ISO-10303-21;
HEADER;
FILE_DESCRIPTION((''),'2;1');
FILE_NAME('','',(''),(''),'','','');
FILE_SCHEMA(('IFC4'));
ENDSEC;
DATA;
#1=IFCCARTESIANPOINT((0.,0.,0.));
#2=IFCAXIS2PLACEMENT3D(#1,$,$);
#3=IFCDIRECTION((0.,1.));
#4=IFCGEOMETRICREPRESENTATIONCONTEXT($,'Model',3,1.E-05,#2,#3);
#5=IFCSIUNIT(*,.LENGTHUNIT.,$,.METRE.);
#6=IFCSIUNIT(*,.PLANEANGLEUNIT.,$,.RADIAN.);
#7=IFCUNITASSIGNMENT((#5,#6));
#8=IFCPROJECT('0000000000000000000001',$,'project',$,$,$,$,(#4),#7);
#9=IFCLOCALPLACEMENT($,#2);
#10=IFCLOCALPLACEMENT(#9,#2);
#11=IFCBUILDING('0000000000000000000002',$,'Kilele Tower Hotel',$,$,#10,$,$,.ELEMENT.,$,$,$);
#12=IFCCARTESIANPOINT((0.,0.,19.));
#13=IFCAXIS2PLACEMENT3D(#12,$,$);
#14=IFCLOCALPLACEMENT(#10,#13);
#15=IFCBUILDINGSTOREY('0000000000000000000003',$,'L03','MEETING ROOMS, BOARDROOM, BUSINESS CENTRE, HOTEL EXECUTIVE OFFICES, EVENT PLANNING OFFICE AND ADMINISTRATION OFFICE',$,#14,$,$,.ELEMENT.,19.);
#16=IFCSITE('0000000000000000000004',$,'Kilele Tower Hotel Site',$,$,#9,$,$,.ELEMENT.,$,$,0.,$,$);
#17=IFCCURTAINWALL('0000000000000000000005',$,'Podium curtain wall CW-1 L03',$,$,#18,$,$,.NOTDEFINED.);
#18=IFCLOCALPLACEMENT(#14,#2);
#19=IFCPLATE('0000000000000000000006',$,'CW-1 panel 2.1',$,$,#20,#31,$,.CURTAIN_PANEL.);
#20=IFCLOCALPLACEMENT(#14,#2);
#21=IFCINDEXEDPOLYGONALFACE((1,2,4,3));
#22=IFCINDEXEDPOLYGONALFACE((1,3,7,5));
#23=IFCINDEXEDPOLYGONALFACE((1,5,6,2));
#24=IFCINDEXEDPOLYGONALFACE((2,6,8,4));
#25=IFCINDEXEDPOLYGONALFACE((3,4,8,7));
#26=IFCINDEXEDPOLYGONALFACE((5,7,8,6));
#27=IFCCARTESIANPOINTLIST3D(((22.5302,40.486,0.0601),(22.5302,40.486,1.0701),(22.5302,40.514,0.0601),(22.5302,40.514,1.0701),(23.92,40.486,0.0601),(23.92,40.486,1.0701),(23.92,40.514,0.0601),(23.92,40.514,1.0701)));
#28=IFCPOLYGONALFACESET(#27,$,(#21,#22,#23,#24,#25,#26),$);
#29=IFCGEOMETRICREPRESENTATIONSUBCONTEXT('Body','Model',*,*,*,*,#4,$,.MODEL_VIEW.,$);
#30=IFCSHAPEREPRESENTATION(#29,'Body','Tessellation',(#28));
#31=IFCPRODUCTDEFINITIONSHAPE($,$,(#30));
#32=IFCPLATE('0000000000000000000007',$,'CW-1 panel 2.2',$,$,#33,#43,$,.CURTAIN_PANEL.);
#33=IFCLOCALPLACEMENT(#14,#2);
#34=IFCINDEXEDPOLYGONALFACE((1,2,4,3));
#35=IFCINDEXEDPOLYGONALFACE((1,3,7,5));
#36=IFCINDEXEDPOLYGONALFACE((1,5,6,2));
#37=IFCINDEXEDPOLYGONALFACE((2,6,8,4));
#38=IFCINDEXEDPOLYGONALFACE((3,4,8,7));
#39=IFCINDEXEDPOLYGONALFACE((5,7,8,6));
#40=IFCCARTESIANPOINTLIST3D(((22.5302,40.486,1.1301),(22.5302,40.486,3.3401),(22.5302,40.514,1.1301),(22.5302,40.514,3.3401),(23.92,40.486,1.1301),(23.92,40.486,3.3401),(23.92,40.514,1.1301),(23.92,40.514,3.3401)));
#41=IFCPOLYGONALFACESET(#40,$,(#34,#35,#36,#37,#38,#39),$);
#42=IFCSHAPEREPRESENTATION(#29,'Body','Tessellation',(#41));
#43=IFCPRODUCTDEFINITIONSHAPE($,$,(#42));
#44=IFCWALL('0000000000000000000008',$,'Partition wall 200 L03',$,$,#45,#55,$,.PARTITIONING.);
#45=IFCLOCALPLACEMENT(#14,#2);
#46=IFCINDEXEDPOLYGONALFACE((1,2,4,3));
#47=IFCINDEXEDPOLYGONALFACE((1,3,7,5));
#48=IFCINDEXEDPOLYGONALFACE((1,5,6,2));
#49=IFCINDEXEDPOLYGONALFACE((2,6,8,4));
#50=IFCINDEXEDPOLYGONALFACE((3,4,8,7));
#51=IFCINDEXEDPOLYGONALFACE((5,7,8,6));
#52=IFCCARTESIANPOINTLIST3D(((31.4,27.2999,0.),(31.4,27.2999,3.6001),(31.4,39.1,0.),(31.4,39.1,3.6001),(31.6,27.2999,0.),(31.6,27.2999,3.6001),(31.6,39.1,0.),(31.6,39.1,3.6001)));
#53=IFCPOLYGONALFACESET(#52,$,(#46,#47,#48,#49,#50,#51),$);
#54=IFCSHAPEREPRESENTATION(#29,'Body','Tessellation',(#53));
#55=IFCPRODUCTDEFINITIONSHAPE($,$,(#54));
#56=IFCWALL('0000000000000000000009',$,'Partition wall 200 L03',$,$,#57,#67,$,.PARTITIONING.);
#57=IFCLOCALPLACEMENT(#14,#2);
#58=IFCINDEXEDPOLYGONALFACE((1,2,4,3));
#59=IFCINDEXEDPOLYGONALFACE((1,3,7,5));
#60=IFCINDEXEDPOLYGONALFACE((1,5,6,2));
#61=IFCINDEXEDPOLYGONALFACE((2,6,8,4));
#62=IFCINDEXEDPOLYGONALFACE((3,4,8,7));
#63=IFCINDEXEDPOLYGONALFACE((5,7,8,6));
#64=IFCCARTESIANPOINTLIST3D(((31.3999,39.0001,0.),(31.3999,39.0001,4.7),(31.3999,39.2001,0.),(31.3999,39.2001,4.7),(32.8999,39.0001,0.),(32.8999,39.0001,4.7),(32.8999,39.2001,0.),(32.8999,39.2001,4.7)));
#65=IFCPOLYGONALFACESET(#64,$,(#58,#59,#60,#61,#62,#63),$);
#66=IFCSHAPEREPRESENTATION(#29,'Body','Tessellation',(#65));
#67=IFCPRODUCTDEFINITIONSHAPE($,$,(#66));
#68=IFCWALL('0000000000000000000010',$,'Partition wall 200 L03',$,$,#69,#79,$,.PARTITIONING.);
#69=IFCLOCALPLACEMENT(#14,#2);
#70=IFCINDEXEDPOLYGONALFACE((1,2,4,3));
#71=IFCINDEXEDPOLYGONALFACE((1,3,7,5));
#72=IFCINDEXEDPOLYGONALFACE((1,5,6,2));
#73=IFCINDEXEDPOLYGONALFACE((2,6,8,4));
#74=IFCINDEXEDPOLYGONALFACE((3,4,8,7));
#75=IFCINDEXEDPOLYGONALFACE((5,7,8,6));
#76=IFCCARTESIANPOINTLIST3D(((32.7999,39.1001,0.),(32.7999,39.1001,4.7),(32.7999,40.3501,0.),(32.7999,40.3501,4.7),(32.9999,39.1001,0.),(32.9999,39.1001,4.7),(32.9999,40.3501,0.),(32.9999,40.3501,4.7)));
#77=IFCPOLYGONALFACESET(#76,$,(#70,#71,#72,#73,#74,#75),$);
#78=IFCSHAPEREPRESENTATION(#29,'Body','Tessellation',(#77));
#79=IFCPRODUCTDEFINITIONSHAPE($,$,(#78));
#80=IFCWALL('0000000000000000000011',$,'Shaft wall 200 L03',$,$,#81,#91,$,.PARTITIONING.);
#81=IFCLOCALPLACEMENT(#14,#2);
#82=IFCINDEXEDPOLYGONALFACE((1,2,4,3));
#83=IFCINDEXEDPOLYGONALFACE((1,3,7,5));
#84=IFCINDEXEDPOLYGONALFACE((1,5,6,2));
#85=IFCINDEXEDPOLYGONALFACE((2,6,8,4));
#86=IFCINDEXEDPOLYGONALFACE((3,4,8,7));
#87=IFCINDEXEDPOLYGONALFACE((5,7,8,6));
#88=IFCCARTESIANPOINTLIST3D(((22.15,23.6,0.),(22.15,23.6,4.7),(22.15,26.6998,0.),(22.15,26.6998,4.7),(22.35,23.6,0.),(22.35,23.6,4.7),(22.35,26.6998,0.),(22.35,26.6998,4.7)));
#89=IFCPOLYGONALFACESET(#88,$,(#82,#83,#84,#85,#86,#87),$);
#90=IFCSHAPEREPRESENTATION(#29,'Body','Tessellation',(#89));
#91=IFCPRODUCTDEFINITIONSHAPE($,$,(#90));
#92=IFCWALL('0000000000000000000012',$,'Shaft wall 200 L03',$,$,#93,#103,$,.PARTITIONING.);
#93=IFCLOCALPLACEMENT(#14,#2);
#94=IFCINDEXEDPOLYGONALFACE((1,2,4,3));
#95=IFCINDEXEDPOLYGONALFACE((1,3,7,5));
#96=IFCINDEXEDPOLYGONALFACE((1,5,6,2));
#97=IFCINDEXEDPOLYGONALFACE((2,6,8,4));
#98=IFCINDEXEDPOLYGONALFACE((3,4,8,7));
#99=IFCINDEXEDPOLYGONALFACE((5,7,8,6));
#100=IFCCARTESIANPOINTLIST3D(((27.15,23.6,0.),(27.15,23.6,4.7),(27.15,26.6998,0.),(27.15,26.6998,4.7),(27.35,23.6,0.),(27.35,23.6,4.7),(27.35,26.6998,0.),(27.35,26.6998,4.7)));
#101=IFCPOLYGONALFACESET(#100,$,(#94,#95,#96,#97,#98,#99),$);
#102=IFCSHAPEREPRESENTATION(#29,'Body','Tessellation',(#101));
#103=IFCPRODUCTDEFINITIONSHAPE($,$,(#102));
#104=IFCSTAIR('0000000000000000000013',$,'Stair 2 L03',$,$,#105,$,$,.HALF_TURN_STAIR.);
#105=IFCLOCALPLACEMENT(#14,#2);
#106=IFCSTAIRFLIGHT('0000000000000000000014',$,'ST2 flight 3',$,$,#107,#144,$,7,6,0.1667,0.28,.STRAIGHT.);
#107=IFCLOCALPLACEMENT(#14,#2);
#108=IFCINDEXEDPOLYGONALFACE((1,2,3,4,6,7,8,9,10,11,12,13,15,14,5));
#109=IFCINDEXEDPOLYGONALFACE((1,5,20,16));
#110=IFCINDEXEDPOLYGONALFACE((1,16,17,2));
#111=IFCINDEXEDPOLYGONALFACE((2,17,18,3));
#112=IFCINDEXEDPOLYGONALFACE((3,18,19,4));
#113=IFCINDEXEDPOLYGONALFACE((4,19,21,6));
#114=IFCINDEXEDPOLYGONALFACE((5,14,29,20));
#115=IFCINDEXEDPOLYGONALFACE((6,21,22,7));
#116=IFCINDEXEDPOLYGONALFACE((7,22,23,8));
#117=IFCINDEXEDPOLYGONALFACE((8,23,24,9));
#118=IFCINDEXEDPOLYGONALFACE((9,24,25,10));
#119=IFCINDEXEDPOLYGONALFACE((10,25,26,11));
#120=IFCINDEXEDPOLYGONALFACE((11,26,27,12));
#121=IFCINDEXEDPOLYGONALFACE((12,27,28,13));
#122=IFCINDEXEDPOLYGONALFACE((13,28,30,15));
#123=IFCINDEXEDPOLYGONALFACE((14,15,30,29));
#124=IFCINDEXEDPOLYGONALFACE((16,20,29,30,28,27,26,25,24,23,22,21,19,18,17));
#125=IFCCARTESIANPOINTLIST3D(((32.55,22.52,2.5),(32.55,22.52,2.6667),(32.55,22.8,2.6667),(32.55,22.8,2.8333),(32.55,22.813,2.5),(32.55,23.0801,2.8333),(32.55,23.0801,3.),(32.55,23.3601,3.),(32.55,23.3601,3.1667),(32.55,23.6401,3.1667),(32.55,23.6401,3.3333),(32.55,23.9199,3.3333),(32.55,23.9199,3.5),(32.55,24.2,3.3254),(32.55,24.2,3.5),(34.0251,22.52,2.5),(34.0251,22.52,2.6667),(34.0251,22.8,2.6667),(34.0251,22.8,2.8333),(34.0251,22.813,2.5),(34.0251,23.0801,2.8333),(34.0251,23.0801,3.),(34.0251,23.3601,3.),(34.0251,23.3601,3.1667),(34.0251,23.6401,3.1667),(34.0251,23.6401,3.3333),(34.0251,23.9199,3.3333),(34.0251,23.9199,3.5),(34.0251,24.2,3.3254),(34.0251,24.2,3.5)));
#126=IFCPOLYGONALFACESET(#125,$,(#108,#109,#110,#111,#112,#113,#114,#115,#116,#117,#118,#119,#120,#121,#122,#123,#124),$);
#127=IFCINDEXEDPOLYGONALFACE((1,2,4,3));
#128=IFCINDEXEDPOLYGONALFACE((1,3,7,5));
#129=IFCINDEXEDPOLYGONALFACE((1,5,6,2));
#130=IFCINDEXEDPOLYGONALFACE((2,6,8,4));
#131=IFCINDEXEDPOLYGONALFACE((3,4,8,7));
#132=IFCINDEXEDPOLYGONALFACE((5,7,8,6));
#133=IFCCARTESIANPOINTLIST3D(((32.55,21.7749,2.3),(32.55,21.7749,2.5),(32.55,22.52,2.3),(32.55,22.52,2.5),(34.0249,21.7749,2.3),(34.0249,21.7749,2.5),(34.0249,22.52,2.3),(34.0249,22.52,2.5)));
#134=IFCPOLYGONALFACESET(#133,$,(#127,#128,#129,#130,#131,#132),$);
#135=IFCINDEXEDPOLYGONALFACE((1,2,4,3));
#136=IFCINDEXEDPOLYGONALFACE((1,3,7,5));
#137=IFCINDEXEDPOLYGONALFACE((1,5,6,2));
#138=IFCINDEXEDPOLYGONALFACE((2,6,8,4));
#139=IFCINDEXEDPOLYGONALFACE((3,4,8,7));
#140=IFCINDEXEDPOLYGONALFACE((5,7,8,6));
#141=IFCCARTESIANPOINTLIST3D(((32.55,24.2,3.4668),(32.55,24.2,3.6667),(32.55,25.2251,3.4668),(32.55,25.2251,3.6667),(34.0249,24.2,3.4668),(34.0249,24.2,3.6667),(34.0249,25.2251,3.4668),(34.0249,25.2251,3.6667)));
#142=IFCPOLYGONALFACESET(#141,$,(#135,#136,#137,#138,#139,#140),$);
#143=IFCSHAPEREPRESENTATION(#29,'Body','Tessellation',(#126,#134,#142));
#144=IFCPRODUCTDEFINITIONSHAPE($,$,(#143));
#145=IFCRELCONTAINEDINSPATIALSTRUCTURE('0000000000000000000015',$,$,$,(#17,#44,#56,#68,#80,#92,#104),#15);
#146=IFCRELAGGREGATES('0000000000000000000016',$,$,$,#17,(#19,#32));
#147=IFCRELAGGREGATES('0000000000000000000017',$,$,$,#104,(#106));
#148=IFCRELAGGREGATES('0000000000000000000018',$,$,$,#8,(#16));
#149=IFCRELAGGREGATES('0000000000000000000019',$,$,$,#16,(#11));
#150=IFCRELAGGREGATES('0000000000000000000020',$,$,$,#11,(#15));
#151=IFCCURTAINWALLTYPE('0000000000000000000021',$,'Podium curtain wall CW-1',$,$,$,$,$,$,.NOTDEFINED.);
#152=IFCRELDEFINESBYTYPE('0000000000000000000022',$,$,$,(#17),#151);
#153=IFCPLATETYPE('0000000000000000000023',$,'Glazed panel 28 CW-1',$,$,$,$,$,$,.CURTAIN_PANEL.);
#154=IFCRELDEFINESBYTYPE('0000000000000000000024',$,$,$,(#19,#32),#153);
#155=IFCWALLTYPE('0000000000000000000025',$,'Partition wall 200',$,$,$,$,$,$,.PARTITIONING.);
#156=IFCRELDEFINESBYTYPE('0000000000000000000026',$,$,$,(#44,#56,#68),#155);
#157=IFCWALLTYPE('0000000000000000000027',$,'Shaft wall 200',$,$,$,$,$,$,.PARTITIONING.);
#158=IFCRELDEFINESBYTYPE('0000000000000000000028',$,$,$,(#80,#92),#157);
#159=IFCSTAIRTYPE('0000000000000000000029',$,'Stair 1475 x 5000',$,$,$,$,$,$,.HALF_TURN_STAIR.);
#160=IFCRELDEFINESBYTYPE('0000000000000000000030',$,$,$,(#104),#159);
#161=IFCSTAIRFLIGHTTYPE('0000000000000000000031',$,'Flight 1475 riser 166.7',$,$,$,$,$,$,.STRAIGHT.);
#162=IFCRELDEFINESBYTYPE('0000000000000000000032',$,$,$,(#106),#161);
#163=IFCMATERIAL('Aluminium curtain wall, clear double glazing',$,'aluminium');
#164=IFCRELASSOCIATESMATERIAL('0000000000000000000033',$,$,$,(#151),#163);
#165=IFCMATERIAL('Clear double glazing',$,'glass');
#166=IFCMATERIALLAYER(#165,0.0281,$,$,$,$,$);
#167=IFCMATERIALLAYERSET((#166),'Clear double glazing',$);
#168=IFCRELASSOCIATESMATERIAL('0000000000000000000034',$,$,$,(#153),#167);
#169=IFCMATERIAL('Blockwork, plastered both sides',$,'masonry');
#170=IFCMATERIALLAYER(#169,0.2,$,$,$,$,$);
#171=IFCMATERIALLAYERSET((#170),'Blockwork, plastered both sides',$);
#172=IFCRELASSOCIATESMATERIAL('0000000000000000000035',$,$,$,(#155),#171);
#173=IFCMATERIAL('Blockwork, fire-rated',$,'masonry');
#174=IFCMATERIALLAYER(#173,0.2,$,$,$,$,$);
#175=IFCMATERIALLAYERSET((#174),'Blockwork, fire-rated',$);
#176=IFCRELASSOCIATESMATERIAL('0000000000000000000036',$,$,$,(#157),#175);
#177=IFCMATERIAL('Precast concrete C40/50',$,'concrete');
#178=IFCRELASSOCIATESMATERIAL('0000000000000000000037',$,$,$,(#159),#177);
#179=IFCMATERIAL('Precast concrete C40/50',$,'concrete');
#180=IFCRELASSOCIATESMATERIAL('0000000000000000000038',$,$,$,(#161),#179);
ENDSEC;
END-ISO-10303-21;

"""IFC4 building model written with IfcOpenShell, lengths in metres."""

from ifc_helpers import new_model, si_unit, direction, frame, frame_2d, origin, origin_2d, place, context, subcontext, project, spatial, polyline, rectangle, outline, extrude, material, layer, layer_set, type_object, element, aggregate, save


model = new_model("IFC4")

# Units and contexts
model_context = context("Model", 3, precision=1e-05, world=origin(), true_north=direction((0.0, 1.0)))
body_context = subcontext(model_context, "Body", "Model", "MODEL_VIEW")
ifc_project = project(units=[si_unit("LENGTHUNIT", "METRE"), si_unit("PLANEANGLEUNIT", "RADIAN")], contexts=[model_context])

# Site, building, storey
site_placement = place(None, origin())
site = spatial("IfcSite", under=ifc_project, at=site_placement, Name="Kilele Tower Hotel Site", CompositionType="ELEMENT", RefElevation=0.0)
building_placement = place(site_placement, origin())
building = spatial("IfcBuilding", under=site, at=building_placement, Name="Kilele Tower Hotel", CompositionType="ELEMENT")
storey_placement = place(building_placement, frame((0.0, 0.0, 19.0)))
storey = spatial("IfcBuildingStorey", under=building, at=storey_placement, Name="L03", Description="MEETING ROOMS, BOARDROOM, BUSINESS CENTRE, HOTEL EXECUTIVE OFFICES, EVENT PLANNING OFFICE AND ADMINISTRATION OFFICE", CompositionType="ELEMENT", Elevation=19.0)

# Curtain wall, plates
ifc_material_1 = material(Name="Aluminium curtain wall, clear double glazing", Category="aluminium")
curtain_wall_type = type_object("IfcCurtainWallType", Name="Podium curtain wall CW-1", PredefinedType="NOTDEFINED", material=ifc_material_1)
curtain_wall_placement = place(storey_placement, origin())
curtain_wall = element("IfcCurtainWall", 1, at=curtain_wall_placement, inside=storey, type_object=curtain_wall_type, Name="Podium curtain wall CW-1 L03", PredefinedType="NOTDEFINED")
ifc_material_2 = material(Name="Clear double glazing", Category="glass")
ifc_layer_1 = layer(ifc_material_2, 0.0281)
ifc_layer_set_1 = layer_set([ifc_layer_1], Name="Clear double glazing")
plate_type = type_object("IfcPlateType", Name="Glazed panel 28 CW-1", PredefinedType="CURTAIN_PANEL", material=ifc_layer_set_1)
plate_1_placement = place(storey_placement, frame((23.2251, 40.5, 0.0601), z_axis=(0.0, 0.0, 1.0), x_axis=(-1.0, 0.0, 0.0)))
plate_1 = element("IfcPlate", 2, at=plate_1_placement, type_object=plate_type, Name="CW-1 panel 2.1", PredefinedType="CURTAIN_PANEL", context=body_context, shape_type="SweptSolid", body=[
    extrude(rectangle(XDim=1.3899, YDim=0.0281, at=origin_2d()), origin(), (0.0, 0.0, 1.0), 1.01),
])
plate_2_placement = place(storey_placement, frame((23.2251, 40.5, 1.1301), z_axis=(0.0, 0.0, 1.0), x_axis=(-1.0, 0.0, 0.0)))
plate_2 = element("IfcPlate", 3, at=plate_2_placement, type_object=plate_type, Name="CW-1 panel 2.2", PredefinedType="CURTAIN_PANEL", context=body_context, shape_type="SweptSolid", body=[
    extrude(rectangle(XDim=1.3899, YDim=0.0281, at=origin_2d()), origin(), (0.0, 0.0, 1.0), 2.21),
])
aggregate(curtain_wall, [plate_1, plate_2])

# Walls
ifc_material_3 = material(Name="Blockwork, plastered both sides", Category="masonry")
ifc_layer_2 = layer(ifc_material_3, 0.2)
ifc_layer_set_2 = layer_set([ifc_layer_2], Name="Blockwork, plastered both sides")
wall_type_1 = type_object("IfcWallType", Name="Partition wall 200", PredefinedType="PARTITIONING", material=ifc_layer_set_2)
wall_1_placement = place(storey_placement, frame((31.5, 27.3, 0.0), z_axis=(0.0, 0.0, 1.0), x_axis=(0.0, 1.0, 0.0)))
element("IfcWall", 4, at=wall_1_placement, inside=storey, type_object=wall_type_1, Name="Partition wall 200 L03", PredefinedType="PARTITIONING", context=body_context, shape_type="SweptSolid", body=[
    extrude(rectangle(XDim=11.8, YDim=0.2, at=frame_2d((5.8999, 0.0))), origin(), (0.0, 0.0, 1.0), 3.6001),
])
wall_2_placement = place(storey_placement, frame((31.3999, 39.1001, 0.0), z_axis=(0.0, 0.0, 1.0), x_axis=(1.0, 0.0, 0.0)))
element("IfcWall", 5, at=wall_2_placement, inside=storey, type_object=wall_type_1, Name="Partition wall 200 L03", PredefinedType="PARTITIONING", context=body_context, shape_type="SweptSolid", body=[
    extrude(rectangle(XDim=1.5, YDim=0.2, at=frame_2d((0.75, 0.0))), origin(), (0.0, 0.0, 1.0), 4.7),
])
wall_3_placement = place(storey_placement, frame((32.8999, 39.1001, 0.0), z_axis=(0.0, 0.0, 1.0), x_axis=(0.0, 1.0, 0.0)))
element("IfcWall", 6, at=wall_3_placement, inside=storey, type_object=wall_type_1, Name="Partition wall 200 L03", PredefinedType="PARTITIONING", context=body_context, shape_type="SweptSolid", body=[
    extrude(rectangle(XDim=1.25, YDim=0.2, at=frame_2d((0.625, 0.0))), origin(), (0.0, 0.0, 1.0), 4.7),
])
ifc_material_4 = material(Name="Blockwork, fire-rated", Category="masonry")
ifc_layer_3 = layer(ifc_material_4, 0.2)
ifc_layer_set_3 = layer_set([ifc_layer_3], Name="Blockwork, fire-rated")
wall_type_2 = type_object("IfcWallType", Name="Shaft wall 200", PredefinedType="PARTITIONING", material=ifc_layer_set_3)
for number, where, z_axis, x_axis, name in (
    (7, (22.25, 23.6001, 0.0), (0.0, 0.0, 1.0), (0.0, 1.0, 0.0), "Shaft wall 200 L03"),
    (8, (27.25, 23.6001, 0.0), (0.0, 0.0, 1.0), (0.0, 1.0, 0.0), "Shaft wall 200 L03"),
):
    element("IfcWall", number, at=place(storey_placement, frame(where, z_axis=z_axis, x_axis=x_axis)), inside=storey, type_object=wall_type_2, Name=name, PredefinedType="PARTITIONING", context=body_context, shape_type="SweptSolid", body=[
        extrude(rectangle(XDim=3.0999, YDim=0.2, at=frame_2d((1.5498, 0.0))), origin(), (0.0, 0.0, 1.0), 4.7),
    ])

# Stair, stair flight
ifc_material_5 = material(Name="Precast concrete C40/50", Category="concrete")
stair_type = type_object("IfcStairType", Name="Stair 1475 x 5000", PredefinedType="HALF_TURN_STAIR", material=ifc_material_5)
stair_placement = place(storey_placement, origin())
stair = element("IfcStair", 9, at=stair_placement, inside=storey, type_object=stair_type, Name="Stair 2 L03", PredefinedType="HALF_TURN_STAIR")
ifc_material_6 = material(Name="Precast concrete C40/50", Category="concrete")
stair_flight_type = type_object("IfcStairFlightType", Name="Flight 1475 riser 166.7", PredefinedType="STRAIGHT", material=ifc_material_6)
stair_flight_placement = place(storey_placement, frame((33.2876, 22.52, 2.5), z_axis=(0.0, 0.0, 1.0), x_axis=(0.0, 1.0, 0.0)))
stair_flight = element("IfcStairFlight", 10, at=stair_flight_placement, type_object=stair_flight_type, Name="ST2 flight 3", NumberOfRisers=7, NumberOfTreads=6, PredefinedType="STRAIGHT", RiserHeight=0.1667, TreadLength=0.28, context=body_context, shape_type="SweptSolid", body=[
    extrude(outline(polyline([(0.0, 0.0), (0.0, 0.1667), (0.28, 0.1667), (0.28, 0.3333), (0.5601, 0.3333), (0.5601, 0.5), (0.8401, 0.5), (0.8401, 0.6667), (1.1201, 0.6667), (1.1201, 0.8333), (1.3999, 0.8333), (1.3999, 1.0), (1.6799, 1.0), (1.6799, 1.1667), (1.6799, 0.8254), (0.293, 0.0), (0.0, 0.0)])), frame((0.0, 0.7375, 0.0), z_axis=(0.0, -1.0, 0.0), x_axis=(1.0, 0.0, 0.0)), (0.0, 0.0, 1.0), 1.4751),
    extrude(outline(polyline([(-0.7451, 0.7375), (-0.7451, -0.7373), (0.0, -0.7373), (0.0, 0.7375), (-0.7451, 0.7375)])), frame((0.0, 0.0, -0.2)), (0.0, 0.0, 1.0), 0.2),
    extrude(outline(polyline([(1.6799, 0.7375), (1.6799, -0.7373), (2.7051, -0.7373), (2.7051, 0.7375), (1.6799, 0.7375)])), frame((0.0, 0.0, 0.9668)), (0.0, 0.0, 1.0), 0.2),
])
aggregate(stair, [stair_flight])

save(model, "model.ifc")
